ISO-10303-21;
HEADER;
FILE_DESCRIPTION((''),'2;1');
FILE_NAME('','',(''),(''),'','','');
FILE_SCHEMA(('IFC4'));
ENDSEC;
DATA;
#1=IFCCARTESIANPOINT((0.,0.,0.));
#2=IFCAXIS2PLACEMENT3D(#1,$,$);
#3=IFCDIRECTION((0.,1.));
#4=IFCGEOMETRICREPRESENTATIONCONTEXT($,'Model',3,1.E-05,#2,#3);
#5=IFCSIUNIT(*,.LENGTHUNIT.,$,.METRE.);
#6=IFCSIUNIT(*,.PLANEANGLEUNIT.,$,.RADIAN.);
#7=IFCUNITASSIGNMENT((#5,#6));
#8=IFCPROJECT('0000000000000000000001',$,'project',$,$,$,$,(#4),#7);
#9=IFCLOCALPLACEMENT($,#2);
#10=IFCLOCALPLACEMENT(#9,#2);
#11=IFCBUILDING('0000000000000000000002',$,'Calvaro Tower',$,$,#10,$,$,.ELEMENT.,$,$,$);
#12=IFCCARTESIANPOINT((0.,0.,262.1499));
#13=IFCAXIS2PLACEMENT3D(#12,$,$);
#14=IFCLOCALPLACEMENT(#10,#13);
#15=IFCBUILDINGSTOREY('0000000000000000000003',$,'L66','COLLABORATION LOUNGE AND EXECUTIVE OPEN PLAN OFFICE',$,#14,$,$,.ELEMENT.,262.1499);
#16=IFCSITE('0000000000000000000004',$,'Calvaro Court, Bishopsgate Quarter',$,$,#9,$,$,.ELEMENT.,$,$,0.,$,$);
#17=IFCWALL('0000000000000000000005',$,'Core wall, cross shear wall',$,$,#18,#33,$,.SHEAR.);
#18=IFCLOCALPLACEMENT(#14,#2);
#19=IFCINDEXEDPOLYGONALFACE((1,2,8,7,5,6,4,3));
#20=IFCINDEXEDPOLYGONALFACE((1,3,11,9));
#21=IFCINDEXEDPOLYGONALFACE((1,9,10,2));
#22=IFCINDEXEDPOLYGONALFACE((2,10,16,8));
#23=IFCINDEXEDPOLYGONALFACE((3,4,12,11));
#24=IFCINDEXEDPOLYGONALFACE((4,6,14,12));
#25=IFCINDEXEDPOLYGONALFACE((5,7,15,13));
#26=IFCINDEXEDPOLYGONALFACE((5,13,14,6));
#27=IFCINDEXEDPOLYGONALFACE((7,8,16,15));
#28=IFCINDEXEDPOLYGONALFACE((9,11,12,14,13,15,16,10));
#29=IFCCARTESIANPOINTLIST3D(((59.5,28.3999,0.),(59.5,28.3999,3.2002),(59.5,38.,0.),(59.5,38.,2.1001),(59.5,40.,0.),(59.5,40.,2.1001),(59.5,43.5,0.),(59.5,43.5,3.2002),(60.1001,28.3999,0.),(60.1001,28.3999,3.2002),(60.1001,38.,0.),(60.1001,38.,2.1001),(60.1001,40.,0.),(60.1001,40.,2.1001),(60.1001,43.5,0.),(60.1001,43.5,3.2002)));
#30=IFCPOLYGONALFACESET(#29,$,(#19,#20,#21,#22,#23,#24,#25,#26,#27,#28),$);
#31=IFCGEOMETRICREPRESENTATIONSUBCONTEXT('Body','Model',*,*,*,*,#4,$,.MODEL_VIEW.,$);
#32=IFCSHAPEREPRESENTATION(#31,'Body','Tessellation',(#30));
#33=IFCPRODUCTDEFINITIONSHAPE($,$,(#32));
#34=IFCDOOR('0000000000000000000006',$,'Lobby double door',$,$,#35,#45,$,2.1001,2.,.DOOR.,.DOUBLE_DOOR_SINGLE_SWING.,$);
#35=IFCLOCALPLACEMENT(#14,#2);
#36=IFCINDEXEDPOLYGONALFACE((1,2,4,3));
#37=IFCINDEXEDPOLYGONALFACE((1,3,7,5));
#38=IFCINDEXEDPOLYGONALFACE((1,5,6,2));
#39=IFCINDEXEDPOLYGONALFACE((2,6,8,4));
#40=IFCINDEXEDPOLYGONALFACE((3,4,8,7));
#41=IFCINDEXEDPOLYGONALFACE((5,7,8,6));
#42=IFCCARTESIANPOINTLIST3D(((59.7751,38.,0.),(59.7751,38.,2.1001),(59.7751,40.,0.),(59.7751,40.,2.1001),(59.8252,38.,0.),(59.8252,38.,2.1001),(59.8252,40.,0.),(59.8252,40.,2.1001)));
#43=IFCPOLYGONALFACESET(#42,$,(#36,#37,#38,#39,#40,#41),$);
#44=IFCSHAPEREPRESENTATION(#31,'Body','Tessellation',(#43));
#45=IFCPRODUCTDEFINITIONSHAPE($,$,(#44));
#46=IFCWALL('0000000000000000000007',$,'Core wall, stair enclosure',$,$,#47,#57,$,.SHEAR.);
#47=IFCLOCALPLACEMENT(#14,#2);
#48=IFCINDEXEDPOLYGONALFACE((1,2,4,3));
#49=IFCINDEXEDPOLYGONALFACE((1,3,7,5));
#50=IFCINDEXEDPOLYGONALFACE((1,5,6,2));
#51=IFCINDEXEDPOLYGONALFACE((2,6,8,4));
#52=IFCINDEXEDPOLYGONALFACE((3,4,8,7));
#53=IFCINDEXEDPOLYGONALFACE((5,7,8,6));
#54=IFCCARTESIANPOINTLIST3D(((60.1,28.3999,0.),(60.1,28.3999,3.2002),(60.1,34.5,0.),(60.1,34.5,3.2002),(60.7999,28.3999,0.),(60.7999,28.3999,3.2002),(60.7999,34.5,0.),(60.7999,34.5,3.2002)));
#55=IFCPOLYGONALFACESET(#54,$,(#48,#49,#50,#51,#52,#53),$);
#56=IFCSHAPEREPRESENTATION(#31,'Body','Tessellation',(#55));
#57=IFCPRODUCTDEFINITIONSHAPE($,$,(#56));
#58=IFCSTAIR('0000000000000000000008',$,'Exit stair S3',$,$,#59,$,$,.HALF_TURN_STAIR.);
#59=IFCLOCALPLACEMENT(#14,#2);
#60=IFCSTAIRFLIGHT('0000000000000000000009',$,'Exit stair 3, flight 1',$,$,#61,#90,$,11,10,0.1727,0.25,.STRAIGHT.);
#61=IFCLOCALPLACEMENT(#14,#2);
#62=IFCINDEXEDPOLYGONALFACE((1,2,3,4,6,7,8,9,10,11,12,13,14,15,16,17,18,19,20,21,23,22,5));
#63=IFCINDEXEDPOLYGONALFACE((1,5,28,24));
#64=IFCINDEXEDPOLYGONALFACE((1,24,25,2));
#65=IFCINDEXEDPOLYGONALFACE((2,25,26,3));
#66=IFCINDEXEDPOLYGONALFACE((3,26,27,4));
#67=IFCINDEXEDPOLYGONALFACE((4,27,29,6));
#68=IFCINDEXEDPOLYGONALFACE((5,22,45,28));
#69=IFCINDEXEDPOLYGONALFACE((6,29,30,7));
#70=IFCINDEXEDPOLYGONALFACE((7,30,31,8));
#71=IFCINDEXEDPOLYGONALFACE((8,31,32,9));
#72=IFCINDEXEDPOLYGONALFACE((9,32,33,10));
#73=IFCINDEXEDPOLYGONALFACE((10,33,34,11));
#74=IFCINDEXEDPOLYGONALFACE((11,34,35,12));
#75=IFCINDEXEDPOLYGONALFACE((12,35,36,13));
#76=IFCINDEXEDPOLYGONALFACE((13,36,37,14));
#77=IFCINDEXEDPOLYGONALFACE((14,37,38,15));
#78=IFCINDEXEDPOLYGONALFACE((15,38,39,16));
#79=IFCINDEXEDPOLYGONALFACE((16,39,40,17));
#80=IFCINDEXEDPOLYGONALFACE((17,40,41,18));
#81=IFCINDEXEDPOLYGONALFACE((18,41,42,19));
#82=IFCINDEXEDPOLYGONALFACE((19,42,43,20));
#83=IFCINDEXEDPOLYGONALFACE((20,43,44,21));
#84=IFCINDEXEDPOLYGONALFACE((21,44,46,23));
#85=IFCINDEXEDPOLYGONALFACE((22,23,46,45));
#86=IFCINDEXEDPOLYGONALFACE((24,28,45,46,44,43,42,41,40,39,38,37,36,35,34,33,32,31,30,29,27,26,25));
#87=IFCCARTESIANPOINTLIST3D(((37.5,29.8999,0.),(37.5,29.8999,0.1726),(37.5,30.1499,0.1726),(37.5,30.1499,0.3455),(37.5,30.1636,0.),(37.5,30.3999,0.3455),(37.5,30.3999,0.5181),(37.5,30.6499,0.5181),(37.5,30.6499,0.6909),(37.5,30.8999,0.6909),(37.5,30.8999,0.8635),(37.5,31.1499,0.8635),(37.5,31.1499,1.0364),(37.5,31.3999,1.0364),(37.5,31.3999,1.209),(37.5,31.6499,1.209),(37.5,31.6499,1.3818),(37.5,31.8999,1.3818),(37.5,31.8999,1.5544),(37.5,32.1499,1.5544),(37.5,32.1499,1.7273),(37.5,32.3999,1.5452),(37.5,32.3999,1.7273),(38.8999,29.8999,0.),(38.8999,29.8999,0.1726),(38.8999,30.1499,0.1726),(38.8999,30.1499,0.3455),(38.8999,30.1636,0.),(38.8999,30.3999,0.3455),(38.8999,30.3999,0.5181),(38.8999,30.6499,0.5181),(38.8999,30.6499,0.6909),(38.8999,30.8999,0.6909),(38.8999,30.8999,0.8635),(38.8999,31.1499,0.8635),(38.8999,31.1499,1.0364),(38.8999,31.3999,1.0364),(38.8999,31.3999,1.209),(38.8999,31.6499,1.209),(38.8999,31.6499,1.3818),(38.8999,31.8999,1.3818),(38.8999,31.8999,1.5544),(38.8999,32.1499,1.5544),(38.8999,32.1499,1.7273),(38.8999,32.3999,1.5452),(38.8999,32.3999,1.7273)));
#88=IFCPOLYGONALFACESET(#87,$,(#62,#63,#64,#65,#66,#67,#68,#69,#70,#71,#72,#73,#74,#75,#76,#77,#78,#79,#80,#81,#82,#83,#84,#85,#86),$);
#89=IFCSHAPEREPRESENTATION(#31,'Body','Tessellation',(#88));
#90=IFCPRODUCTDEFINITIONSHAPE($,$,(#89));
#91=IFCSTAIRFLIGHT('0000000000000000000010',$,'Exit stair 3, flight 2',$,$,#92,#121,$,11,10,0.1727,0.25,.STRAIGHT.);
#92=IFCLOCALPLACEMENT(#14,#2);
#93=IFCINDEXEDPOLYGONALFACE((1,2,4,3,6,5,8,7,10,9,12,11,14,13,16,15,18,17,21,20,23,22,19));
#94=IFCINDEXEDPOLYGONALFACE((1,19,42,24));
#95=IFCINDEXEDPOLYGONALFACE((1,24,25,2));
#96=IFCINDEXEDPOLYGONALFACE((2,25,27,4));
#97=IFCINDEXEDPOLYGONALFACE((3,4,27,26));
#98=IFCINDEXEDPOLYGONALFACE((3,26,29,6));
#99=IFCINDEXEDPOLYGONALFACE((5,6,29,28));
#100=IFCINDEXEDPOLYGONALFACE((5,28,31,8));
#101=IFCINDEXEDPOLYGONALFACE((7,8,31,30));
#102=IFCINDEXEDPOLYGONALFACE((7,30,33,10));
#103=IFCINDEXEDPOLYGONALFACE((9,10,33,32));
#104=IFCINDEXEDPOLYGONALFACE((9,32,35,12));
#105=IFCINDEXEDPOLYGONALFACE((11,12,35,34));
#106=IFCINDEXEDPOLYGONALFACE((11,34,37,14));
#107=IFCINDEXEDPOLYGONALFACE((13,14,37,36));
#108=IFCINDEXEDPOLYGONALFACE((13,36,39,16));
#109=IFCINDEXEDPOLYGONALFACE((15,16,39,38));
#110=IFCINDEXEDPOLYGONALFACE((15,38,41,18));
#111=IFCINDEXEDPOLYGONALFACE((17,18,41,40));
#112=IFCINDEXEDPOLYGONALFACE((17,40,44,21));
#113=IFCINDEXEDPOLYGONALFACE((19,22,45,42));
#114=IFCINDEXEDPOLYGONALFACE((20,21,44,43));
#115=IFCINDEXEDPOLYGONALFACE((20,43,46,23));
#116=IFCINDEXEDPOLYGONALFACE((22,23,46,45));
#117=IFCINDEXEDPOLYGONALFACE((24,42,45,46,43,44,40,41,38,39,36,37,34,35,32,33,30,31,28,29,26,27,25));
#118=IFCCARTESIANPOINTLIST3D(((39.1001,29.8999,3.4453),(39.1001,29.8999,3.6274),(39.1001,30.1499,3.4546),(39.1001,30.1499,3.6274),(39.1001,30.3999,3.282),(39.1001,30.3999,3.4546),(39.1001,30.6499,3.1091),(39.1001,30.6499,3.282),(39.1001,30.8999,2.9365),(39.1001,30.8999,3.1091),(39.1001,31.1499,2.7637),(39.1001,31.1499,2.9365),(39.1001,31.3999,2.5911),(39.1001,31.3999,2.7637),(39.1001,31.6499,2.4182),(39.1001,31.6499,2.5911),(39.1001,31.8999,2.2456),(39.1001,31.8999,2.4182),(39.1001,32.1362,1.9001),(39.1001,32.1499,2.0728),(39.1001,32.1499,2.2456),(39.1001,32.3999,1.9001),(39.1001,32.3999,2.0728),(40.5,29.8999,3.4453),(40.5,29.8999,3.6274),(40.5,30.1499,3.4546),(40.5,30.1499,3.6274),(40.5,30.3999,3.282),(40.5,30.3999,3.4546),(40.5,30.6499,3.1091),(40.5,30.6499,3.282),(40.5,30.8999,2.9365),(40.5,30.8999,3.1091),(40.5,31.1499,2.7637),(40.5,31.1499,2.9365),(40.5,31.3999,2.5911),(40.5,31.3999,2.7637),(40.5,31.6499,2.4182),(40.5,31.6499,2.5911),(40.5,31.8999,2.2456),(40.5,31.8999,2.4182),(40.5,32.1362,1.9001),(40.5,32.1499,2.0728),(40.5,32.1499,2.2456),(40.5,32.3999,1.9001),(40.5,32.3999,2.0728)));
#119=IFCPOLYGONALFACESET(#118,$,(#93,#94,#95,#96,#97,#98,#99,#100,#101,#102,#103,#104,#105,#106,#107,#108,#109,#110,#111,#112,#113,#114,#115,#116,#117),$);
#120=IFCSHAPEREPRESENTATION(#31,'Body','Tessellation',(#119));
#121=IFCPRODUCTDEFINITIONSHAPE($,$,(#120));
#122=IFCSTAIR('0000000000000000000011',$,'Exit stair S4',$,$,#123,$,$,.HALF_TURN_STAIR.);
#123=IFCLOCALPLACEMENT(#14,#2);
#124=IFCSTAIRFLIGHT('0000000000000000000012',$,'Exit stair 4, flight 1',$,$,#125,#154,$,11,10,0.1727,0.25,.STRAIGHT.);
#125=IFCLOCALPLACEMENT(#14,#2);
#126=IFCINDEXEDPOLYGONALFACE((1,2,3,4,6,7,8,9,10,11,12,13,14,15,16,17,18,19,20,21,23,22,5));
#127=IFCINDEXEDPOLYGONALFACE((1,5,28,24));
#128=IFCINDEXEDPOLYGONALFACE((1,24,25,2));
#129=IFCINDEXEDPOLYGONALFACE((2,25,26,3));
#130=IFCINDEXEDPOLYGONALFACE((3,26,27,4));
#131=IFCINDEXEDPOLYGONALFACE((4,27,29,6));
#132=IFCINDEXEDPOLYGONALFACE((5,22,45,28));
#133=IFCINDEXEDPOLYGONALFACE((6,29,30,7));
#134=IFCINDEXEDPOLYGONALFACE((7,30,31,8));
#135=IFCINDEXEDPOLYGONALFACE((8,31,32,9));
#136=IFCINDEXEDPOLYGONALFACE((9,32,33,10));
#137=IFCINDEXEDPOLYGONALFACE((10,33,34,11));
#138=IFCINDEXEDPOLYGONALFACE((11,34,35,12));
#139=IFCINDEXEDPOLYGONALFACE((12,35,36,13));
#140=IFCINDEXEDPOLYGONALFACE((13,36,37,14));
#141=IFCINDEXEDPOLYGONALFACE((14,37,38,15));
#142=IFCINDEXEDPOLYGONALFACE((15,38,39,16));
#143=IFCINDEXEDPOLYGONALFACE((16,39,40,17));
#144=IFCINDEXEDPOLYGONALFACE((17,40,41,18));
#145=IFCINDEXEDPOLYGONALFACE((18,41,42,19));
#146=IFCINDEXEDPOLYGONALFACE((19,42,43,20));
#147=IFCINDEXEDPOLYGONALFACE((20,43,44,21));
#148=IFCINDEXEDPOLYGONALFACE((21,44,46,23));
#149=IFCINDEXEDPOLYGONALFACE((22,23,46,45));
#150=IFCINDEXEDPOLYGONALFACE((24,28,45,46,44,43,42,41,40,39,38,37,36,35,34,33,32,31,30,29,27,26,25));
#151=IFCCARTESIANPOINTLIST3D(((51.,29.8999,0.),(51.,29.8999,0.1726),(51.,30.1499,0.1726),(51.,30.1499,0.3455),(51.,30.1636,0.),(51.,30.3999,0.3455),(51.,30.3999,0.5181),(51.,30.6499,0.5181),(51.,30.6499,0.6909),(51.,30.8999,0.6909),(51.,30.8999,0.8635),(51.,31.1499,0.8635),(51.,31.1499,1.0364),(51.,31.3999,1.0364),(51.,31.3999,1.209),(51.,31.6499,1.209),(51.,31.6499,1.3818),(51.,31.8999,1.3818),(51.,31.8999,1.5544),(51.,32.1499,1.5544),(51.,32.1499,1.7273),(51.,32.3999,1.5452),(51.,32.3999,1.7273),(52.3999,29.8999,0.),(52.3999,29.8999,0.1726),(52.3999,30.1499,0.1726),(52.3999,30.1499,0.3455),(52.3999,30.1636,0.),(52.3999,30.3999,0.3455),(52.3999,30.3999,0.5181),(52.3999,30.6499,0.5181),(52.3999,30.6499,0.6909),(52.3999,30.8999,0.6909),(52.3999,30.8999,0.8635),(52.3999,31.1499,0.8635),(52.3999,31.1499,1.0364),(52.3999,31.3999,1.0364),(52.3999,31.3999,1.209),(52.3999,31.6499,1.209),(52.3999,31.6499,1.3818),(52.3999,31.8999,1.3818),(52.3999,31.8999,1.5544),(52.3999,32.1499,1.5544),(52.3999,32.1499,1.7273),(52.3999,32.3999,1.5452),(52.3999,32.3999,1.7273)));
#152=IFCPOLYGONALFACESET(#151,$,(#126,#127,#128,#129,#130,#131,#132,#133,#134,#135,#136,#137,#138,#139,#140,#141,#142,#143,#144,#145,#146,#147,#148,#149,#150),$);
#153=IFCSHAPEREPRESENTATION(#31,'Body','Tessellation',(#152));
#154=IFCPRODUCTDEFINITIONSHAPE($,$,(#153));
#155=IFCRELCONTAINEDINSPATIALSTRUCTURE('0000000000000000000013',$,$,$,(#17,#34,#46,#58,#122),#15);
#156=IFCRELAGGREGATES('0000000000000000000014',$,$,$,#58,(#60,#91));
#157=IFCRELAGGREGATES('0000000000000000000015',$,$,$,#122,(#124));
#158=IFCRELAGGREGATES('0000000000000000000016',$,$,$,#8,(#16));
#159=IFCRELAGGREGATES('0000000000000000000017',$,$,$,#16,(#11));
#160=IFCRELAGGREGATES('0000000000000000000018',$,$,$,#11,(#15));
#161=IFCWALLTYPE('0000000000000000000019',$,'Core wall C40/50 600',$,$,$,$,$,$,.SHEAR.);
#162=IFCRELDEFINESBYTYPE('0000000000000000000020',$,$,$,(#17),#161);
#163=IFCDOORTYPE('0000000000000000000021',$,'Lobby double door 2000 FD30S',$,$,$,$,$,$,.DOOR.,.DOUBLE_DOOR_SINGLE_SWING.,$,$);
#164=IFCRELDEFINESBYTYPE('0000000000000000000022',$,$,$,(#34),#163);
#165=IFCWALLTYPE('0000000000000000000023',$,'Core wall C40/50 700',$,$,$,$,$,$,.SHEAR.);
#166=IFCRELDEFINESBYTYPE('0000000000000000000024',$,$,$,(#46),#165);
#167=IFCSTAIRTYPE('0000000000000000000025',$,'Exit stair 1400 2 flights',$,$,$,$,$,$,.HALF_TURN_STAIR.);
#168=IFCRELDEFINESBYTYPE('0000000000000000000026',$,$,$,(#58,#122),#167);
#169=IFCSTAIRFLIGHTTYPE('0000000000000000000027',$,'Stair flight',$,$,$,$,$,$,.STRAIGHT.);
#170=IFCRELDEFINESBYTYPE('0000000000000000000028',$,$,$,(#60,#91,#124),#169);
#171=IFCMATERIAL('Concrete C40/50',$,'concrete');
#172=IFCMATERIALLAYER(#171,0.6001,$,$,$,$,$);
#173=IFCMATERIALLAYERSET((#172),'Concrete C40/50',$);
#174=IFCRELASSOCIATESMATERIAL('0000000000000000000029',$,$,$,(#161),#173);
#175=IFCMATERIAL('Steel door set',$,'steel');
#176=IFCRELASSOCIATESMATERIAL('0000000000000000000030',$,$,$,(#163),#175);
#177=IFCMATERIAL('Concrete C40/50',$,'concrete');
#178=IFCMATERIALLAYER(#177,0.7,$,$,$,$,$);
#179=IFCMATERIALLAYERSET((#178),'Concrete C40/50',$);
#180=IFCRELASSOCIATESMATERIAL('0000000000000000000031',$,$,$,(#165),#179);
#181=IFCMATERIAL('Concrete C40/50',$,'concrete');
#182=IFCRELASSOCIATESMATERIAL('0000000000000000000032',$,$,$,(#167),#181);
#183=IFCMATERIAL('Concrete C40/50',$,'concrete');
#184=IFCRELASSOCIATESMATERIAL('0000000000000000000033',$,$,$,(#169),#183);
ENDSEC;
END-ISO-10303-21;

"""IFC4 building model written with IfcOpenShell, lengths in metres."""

from ifc_helpers import new_model, si_unit, direction, frame, frame_2d, origin, place, context, subcontext, project, spatial, polyline, rectangle, outline, extrude, material, layer, layer_set, type_object, element, fill, aggregate, save


model = new_model("IFC4")

# Units and contexts
model_context = context("Model", 3, precision=1e-05, world=origin(), true_north=direction((0.0, 1.0)))
body_context = subcontext(model_context, "Body", "Model", "MODEL_VIEW")
ifc_project = project(units=[si_unit("LENGTHUNIT", "METRE"), si_unit("PLANEANGLEUNIT", "RADIAN")], contexts=[model_context])

# Site, building, storey
site_placement = place(None, origin())
site = spatial("IfcSite", under=ifc_project, at=site_placement, Name="Calvaro Court, Bishopsgate Quarter", CompositionType="ELEMENT", RefElevation=0.0)
building_placement = place(site_placement, origin())
building = spatial("IfcBuilding", under=site, at=building_placement, Name="Calvaro Tower", CompositionType="ELEMENT")
storey_placement = place(building_placement, frame((0.0, 0.0, 262.1499)))
storey = spatial("IfcBuildingStorey", under=building, at=storey_placement, Name="L66", Description="COLLABORATION LOUNGE AND EXECUTIVE OPEN PLAN OFFICE", CompositionType="ELEMENT", Elevation=262.1499)

# Wall, opening, door
ifc_material_1 = material(Name="Concrete C40/50", Category="concrete")
ifc_layer_1 = layer(ifc_material_1, 0.6001)
ifc_layer_set_1 = layer_set([ifc_layer_1], Name="Concrete C40/50")
wall_type_1 = type_object("IfcWallType", Name="Core wall C40/50 600", PredefinedType="SHEAR", material=ifc_layer_set_1)
wall_1_placement = place(storey_placement, frame((59.8, 28.3999, 0.0), z_axis=(0.0, 0.0, 1.0), x_axis=(0.0, 1.0, 0.0)))
wall_1 = element("IfcWall", 1, at=wall_1_placement, inside=storey, type_object=wall_type_1, Name="Core wall, cross shear wall", PredefinedType="SHEAR", context=body_context, shape_type="SweptSolid", body=[
    extrude(rectangle(XDim=15.1001, YDim=0.6001, at=frame_2d((7.55, 0.0))), origin(), (0.0, 0.0, 1.0), 3.2002),
])
opening_placement = place(wall_1_placement, frame((9.6001, 0.0, 0.0)))
opening = element("IfcOpeningElement", 2, at=opening_placement, cuts=wall_1, PredefinedType="OPENING", context=body_context, shape_type="SweptSolid", body=[
    extrude(rectangle(XDim=2.0, YDim=2.1001, at=frame_2d((1.0, 1.05))), frame((0.0, 0.3101, 0.0), z_axis=(0.0, -1.0, 0.0), x_axis=(1.0, 0.0, 0.0)), (0.0, 0.0, 1.0), 0.6201),
])
ifc_material_2 = material(Name="Steel door set", Category="steel")
door_type = type_object("IfcDoorType", Name="Lobby double door 2000 FD30S", OperationType="DOUBLE_DOOR_SINGLE_SWING", PredefinedType="DOOR", material=ifc_material_2)
door_placement = place(opening_placement, origin())
door = element("IfcDoor", 3, at=door_placement, inside=storey, type_object=door_type, Name="Lobby double door", OperationType="DOUBLE_DOOR_SINGLE_SWING", OverallHeight=2.1001, OverallWidth=2.0, PredefinedType="DOOR", context=body_context, shape_type="SweptSolid", body=[
    extrude(rectangle(XDim=2.0, YDim=2.1001, at=frame_2d((1.0, 1.05))), frame((0.0, 0.0249, 0.0), z_axis=(0.0, -1.0, 0.0), x_axis=(1.0, 0.0, 0.0)), (0.0, 0.0, 1.0), 0.05),
])
fill(opening, door)

# Wall
ifc_material_3 = material(Name="Concrete C40/50", Category="concrete")
ifc_layer_2 = layer(ifc_material_3, 0.7)
ifc_layer_set_2 = layer_set([ifc_layer_2], Name="Concrete C40/50")
wall_type_2 = type_object("IfcWallType", Name="Core wall C40/50 700", PredefinedType="SHEAR", material=ifc_layer_set_2)
wall_2_placement = place(storey_placement, frame((60.45, 28.3999, 0.0), z_axis=(0.0, 0.0, 1.0), x_axis=(0.0, 1.0, 0.0)))
element("IfcWall", 4, at=wall_2_placement, inside=storey, type_object=wall_type_2, Name="Core wall, stair enclosure", PredefinedType="SHEAR", context=body_context, shape_type="SweptSolid", body=[
    extrude(rectangle(XDim=6.1001, YDim=0.7, at=frame_2d((3.05, 0.0))), origin(), (0.0, 0.0, 1.0), 3.2002),
])

# Stairs, stair flights
ifc_material_4 = material(Name="Concrete C40/50", Category="concrete")
stair_type = type_object("IfcStairType", Name="Exit stair 1400 2 flights", PredefinedType="HALF_TURN_STAIR", material=ifc_material_4)
stair_1_placement = place(storey_placement, origin())
stair_1 = element("IfcStair", 5, at=stair_1_placement, inside=storey, type_object=stair_type, Name="Exit stair S3", PredefinedType="HALF_TURN_STAIR")
ifc_material_5 = material(Name="Concrete C40/50", Category="concrete")
stair_flight_type = type_object("IfcStairFlightType", Name="Stair flight", PredefinedType="STRAIGHT", material=ifc_material_5)
stair_flight_1_placement = place(storey_placement, frame((38.2, 29.8999, 0.0), z_axis=(0.0, 0.0, 1.0), x_axis=(0.0, 1.0, 0.0)))
stair_flight_1 = element("IfcStairFlight", 6, at=stair_flight_1_placement, type_object=stair_flight_type, Name="Exit stair 3, flight 1", NumberOfRisers=11, NumberOfTreads=10, PredefinedType="STRAIGHT", RiserHeight=0.1727, TreadLength=0.25, context=body_context, shape_type="SweptSolid", body=[
    extrude(outline(polyline([(0.0, 0.0), (0.0, 0.1726), (0.25, 0.1726), (0.25, 0.3455), (0.5, 0.3455), (0.5, 0.5181), (0.75, 0.5181), (0.75, 0.6909), (1.0, 0.6909), (1.0, 0.8635), (1.25, 0.8635), (1.25, 1.0364), (1.5, 1.0364), (1.5, 1.209), (1.75, 1.209), (1.75, 1.3818), (2.0, 1.3818), (2.0, 1.5544), (2.25, 1.5544), (2.25, 1.7273), (2.5, 1.7273), (2.5, 1.8999), (2.5, 1.5452), (0.2637, 0.0), (0.0, 0.0)])), frame((0.0, 0.7, 0.0), z_axis=(0.0, -1.0, 0.0), x_axis=(1.0, 0.0, 0.0)), (0.0, 0.0, 1.0), 1.3999),
])
stair_flight_2_placement = place(storey_placement, frame((39.8, 32.3999, 1.9001), z_axis=(0.0, 0.0, 1.0), x_axis=(0.0, -1.0, 0.0)))
stair_flight_2 = element("IfcStairFlight", 7, at=stair_flight_2_placement, type_object=stair_flight_type, Name="Exit stair 3, flight 2", NumberOfRisers=11, NumberOfTreads=10, PredefinedType="STRAIGHT", RiserHeight=0.1727, TreadLength=0.25, context=body_context, shape_type="SweptSolid", body=[
    extrude(outline(polyline([(0.0, 0.0), (0.0, 0.1726), (0.25, 0.1726), (0.25, 0.3455), (0.5, 0.3455), (0.5, 0.5181), (0.75, 0.5181), (0.75, 0.6909), (1.0, 0.6909), (1.0, 0.8635), (1.25, 0.8635), (1.25, 1.0364), (1.5, 1.0364), (1.5, 1.209), (1.75, 1.209), (1.75, 1.3818), (2.0, 1.3818), (2.0, 1.5544), (2.25, 1.5544), (2.25, 1.7273), (2.5, 1.7273), (2.5, 1.8999), (2.5, 1.5452), (0.2637, 0.0), (0.0, 0.0)])), frame((0.0, 0.7, 0.0), z_axis=(0.0, -1.0, 0.0), x_axis=(1.0, 0.0, 0.0)), (0.0, 0.0, 1.0), 1.3999),
])
stair_2_placement = place(storey_placement, origin())
stair_2 = element("IfcStair", 8, at=stair_2_placement, inside=storey, type_object=stair_type, Name="Exit stair S4", PredefinedType="HALF_TURN_STAIR")
stair_flight_3_placement = place(storey_placement, frame((51.7, 29.8999, 0.0), z_axis=(0.0, 0.0, 1.0), x_axis=(0.0, 1.0, 0.0)))
stair_flight_3 = element("IfcStairFlight", 9, at=stair_flight_3_placement, type_object=stair_flight_type, Name="Exit stair 4, flight 1", NumberOfRisers=11, NumberOfTreads=10, PredefinedType="STRAIGHT", RiserHeight=0.1727, TreadLength=0.25, context=body_context, shape_type="SweptSolid", body=[
    extrude(outline(polyline([(0.0, 0.0), (0.0, 0.1726), (0.25, 0.1726), (0.25, 0.3455), (0.5, 0.3455), (0.5, 0.5181), (0.75, 0.5181), (0.75, 0.6909), (1.0, 0.6909), (1.0, 0.8635), (1.25, 0.8635), (1.25, 1.0364), (1.5, 1.0364), (1.5, 1.209), (1.75, 1.209), (1.75, 1.3818), (2.0, 1.3818), (2.0, 1.5544), (2.25, 1.5544), (2.25, 1.7273), (2.5, 1.7273), (2.5, 1.8999), (2.5, 1.5452), (0.2637, 0.0), (0.0, 0.0)])), frame((0.0, 0.7, 0.0), z_axis=(0.0, -1.0, 0.0), x_axis=(1.0, 0.0, 0.0)), (0.0, 0.0, 1.0), 1.3999),
])

aggregate(stair_1, [stair_flight_1, stair_flight_2])
aggregate(stair_2, [stair_flight_3])

save(model, "model.ifc")
